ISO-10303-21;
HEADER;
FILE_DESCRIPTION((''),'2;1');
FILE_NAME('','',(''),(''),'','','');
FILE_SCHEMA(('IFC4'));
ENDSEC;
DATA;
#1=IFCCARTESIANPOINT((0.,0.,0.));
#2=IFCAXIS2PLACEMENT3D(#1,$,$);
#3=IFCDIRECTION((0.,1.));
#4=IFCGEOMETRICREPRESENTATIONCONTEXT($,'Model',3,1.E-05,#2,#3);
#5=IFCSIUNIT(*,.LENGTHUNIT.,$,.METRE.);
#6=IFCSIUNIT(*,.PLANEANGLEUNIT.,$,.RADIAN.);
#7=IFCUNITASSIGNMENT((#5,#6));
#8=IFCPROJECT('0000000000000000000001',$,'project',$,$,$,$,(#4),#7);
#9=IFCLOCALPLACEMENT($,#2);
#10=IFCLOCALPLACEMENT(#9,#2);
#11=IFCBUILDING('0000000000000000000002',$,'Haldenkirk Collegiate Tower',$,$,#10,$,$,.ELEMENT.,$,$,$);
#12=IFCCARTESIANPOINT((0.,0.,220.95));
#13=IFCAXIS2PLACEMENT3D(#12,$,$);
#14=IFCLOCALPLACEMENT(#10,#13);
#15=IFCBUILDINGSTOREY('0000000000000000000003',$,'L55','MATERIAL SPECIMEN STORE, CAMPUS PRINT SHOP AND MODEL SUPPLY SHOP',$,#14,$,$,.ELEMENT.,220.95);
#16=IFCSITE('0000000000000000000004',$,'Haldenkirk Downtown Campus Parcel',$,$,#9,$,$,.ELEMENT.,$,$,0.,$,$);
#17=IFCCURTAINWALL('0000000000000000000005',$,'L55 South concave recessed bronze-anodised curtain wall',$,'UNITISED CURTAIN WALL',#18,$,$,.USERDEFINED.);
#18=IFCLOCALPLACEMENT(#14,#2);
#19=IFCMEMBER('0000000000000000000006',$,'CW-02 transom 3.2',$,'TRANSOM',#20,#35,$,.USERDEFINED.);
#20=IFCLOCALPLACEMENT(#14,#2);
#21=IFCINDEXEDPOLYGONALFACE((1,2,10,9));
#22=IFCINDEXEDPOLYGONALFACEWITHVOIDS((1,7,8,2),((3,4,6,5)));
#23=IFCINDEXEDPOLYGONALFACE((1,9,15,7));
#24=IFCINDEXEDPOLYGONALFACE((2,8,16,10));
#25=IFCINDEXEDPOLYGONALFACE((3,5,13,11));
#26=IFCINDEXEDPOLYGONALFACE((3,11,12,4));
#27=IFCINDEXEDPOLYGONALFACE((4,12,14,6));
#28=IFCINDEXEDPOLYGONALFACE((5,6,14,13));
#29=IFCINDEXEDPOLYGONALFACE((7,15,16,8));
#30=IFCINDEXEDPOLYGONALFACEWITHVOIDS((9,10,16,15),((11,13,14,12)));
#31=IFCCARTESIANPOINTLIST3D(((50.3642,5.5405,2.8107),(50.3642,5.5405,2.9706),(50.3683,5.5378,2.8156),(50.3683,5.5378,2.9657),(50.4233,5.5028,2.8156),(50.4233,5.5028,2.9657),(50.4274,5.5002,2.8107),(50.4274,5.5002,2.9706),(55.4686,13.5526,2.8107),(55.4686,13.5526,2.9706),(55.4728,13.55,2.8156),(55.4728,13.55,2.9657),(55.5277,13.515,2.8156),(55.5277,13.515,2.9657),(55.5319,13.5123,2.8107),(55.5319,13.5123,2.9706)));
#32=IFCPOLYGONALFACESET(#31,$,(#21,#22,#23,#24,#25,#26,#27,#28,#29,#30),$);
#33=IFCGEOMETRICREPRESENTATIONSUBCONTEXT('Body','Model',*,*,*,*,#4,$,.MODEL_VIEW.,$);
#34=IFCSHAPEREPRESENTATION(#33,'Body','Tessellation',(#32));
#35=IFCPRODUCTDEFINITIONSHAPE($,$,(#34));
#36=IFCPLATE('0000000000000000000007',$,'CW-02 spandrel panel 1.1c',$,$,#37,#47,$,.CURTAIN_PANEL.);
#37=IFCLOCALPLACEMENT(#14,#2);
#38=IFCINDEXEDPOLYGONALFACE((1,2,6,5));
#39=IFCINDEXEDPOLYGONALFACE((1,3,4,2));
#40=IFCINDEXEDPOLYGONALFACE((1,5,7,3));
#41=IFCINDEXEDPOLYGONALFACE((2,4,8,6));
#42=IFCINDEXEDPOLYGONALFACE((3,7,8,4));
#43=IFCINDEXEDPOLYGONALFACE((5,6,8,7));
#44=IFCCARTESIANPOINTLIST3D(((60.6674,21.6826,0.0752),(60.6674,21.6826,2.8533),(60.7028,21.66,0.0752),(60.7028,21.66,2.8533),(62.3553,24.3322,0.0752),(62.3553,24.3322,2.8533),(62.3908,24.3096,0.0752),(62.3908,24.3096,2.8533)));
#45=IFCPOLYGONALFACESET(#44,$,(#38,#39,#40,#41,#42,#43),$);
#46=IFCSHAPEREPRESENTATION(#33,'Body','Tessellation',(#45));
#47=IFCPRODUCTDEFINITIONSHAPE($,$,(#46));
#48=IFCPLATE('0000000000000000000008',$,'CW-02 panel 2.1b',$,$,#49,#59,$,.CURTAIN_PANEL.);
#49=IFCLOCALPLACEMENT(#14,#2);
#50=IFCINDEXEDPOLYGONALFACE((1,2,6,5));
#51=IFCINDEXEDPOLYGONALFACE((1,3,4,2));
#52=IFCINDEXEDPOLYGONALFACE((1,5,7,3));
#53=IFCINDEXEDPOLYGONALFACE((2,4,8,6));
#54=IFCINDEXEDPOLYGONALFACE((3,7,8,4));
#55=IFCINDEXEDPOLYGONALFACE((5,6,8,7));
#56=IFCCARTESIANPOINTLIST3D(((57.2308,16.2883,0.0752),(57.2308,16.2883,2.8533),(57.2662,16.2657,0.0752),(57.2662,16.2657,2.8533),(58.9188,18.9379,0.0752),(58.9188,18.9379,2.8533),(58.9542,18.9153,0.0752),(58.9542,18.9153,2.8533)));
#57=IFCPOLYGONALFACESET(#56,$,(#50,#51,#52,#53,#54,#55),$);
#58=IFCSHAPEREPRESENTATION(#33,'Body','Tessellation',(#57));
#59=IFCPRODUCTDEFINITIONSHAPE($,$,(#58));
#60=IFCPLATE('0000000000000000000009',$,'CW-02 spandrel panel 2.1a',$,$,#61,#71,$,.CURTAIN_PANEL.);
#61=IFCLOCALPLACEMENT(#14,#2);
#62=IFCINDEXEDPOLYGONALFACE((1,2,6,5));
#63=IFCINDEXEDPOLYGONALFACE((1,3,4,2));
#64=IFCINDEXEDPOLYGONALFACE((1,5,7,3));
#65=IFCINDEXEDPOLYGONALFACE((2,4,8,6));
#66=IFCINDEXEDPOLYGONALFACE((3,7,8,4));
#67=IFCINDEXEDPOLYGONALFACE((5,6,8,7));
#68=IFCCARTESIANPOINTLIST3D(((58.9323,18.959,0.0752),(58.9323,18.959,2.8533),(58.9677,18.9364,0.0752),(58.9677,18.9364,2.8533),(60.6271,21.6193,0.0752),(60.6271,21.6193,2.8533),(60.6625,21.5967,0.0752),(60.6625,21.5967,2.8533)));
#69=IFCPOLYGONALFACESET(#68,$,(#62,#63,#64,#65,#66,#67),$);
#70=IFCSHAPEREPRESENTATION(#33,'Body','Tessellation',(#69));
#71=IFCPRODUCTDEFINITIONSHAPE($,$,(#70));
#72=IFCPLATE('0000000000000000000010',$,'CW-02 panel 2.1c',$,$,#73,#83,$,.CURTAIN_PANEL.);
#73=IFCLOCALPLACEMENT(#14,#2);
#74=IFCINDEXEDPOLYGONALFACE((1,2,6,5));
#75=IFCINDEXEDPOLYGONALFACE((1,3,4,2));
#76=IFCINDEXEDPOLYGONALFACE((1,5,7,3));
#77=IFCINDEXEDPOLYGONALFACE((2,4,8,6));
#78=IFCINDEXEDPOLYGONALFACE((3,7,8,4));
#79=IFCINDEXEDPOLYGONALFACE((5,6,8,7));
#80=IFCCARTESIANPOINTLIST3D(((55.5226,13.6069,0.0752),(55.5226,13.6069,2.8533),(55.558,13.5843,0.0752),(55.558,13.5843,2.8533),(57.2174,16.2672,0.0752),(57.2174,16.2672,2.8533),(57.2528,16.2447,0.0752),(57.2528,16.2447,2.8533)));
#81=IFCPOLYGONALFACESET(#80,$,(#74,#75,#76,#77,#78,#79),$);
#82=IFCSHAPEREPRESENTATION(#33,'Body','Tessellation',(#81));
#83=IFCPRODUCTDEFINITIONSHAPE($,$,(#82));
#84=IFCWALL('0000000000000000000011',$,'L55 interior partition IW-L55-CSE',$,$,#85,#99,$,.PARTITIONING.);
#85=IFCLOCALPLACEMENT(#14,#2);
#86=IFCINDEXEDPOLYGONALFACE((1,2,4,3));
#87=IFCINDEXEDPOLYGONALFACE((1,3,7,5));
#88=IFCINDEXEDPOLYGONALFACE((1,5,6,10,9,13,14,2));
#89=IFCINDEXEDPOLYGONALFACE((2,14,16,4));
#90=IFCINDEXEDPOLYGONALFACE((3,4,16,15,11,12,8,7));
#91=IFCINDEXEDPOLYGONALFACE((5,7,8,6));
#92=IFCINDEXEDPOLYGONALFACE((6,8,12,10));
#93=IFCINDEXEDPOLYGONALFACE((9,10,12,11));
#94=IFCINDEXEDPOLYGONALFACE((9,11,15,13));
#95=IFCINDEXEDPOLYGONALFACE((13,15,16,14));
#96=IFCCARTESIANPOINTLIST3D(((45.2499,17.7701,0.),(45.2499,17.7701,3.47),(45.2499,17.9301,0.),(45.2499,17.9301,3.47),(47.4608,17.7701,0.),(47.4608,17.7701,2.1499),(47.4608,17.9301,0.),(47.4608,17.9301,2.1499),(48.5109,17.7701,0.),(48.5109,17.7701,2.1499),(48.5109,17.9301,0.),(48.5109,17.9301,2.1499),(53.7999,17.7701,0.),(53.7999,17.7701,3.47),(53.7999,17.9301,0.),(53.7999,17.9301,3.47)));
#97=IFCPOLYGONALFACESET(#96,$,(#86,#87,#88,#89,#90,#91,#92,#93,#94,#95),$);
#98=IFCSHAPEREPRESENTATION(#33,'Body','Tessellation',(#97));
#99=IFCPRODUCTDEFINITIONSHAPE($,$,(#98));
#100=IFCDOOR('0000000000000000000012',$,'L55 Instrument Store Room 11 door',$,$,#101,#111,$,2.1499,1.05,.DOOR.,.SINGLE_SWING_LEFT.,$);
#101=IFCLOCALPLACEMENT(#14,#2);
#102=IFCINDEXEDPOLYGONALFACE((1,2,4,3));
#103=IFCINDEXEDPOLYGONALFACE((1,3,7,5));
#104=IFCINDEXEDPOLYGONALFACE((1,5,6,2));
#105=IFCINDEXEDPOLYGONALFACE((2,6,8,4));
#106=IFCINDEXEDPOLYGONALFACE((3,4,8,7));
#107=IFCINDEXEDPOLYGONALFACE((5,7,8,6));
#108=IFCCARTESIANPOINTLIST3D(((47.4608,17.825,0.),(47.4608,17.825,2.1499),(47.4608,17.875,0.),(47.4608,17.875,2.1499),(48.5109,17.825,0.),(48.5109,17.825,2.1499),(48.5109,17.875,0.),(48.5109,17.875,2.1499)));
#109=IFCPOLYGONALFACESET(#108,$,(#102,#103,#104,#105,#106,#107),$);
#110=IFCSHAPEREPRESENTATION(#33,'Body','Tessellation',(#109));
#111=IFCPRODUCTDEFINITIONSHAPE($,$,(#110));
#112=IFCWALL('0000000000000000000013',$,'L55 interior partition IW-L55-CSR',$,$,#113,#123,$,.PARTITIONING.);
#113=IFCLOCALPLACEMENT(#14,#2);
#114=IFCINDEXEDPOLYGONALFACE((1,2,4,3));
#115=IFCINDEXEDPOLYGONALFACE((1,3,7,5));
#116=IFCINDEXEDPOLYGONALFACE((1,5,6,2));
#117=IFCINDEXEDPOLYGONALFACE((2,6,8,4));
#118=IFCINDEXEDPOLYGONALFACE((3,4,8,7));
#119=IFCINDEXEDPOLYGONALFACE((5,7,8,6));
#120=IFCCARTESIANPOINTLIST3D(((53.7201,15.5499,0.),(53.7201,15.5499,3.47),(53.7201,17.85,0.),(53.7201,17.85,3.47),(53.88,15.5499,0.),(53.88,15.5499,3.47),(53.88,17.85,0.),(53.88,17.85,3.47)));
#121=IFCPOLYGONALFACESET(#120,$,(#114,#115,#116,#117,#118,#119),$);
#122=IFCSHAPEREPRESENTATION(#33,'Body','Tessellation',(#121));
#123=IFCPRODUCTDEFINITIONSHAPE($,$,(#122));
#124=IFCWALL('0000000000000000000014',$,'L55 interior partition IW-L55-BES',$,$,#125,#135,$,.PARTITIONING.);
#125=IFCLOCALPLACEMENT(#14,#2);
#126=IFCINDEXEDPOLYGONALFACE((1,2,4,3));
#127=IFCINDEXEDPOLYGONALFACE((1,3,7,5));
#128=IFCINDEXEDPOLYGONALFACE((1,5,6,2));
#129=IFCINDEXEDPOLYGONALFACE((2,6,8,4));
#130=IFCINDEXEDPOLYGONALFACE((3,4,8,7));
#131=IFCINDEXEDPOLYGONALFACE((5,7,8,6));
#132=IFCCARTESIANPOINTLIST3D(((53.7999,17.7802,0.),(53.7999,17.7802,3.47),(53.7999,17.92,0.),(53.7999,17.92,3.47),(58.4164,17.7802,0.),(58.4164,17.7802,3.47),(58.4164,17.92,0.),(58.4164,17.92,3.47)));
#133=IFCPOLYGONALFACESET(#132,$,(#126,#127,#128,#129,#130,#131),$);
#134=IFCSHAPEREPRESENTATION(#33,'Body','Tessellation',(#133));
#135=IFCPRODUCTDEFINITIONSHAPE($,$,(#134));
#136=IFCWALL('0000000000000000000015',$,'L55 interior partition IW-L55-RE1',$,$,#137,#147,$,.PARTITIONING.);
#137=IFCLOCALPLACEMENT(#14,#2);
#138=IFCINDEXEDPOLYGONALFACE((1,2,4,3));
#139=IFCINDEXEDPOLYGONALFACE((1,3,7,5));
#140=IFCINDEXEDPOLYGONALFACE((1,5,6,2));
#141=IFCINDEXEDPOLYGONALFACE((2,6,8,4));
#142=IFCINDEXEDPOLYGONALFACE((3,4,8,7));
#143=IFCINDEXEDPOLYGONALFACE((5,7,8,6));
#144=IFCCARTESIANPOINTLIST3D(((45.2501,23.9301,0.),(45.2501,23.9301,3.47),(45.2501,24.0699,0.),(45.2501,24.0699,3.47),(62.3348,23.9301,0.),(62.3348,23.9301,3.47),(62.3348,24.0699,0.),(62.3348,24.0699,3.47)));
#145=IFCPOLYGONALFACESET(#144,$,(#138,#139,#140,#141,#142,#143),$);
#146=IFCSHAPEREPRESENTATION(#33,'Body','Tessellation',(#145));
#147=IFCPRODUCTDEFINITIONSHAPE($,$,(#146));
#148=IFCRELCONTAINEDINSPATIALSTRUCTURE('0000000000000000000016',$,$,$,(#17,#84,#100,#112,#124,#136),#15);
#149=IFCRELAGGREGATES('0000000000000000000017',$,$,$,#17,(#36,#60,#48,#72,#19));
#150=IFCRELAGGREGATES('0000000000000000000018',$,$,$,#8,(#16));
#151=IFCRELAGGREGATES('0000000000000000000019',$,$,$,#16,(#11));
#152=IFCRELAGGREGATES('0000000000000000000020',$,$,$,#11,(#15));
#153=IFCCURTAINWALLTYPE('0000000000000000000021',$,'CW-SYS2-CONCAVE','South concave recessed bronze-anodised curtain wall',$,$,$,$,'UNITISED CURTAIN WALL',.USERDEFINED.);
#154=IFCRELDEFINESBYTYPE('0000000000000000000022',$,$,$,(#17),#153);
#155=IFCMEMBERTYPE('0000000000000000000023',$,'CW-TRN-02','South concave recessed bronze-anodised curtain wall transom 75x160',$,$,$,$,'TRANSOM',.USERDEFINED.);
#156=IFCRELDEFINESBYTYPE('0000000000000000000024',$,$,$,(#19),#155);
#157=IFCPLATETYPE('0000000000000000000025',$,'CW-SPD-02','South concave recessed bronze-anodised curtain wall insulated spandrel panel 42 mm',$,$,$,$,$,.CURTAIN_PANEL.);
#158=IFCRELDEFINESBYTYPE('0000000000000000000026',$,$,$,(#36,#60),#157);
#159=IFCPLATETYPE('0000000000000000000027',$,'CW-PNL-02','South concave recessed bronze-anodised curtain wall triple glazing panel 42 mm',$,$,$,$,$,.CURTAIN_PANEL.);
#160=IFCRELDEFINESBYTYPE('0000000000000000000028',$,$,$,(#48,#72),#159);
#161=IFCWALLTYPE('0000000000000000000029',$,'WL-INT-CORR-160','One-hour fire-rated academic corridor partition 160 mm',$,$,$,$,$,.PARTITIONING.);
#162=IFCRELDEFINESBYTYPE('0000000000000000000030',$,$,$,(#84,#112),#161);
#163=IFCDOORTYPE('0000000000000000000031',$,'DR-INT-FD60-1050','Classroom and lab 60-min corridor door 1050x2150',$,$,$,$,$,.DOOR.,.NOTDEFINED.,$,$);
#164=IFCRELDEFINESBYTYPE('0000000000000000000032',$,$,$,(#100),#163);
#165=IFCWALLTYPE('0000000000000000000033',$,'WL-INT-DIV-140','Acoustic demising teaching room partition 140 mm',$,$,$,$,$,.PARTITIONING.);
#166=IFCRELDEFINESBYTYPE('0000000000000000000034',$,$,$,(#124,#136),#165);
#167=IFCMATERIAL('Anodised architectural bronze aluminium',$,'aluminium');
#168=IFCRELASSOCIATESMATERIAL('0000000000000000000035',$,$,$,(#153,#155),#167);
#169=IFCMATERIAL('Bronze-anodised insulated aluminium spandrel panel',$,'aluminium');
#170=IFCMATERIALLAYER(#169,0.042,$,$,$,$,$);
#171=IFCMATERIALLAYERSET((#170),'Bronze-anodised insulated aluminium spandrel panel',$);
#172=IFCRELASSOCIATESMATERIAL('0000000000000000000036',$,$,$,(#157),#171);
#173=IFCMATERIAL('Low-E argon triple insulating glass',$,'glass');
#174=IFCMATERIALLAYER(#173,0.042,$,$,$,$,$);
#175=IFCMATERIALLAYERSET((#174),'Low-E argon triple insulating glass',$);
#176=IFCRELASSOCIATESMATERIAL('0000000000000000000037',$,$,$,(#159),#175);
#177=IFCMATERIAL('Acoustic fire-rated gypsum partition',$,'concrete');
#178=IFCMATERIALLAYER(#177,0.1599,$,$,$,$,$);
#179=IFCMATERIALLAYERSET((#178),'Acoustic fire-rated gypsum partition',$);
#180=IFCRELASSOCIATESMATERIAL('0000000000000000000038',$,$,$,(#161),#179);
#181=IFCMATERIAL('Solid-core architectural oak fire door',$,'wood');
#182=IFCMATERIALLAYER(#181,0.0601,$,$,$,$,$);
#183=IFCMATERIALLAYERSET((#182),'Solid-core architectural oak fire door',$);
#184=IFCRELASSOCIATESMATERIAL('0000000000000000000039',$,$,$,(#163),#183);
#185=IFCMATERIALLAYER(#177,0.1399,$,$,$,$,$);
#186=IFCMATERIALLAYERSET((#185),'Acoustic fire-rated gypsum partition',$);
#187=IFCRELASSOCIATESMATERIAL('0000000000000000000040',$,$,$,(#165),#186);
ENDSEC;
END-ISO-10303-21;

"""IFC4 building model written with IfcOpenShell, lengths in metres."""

from ifc_helpers import new_model, si_unit, direction, frame, frame_2d, origin, origin_2d, place, context, subcontext, project, spatial, rectangle, hollow_rectangle, extrude, source, transform, mapped, material, layer, layer_set, material_profile, profile_set, type_object, element, fill, aggregate, save


model = new_model("IFC4")

# Units and contexts
model_context = context("Model", 3, precision=1e-05, world=origin(), true_north=direction((0.0, 1.0)))
body_context = subcontext(model_context, "Body", "Model", "MODEL_VIEW")
ifc_project = project(units=[si_unit("LENGTHUNIT", "METRE"), si_unit("PLANEANGLEUNIT", "RADIAN")], contexts=[model_context])

# Site, building, storey
site_placement = place(None, origin())
site = spatial("IfcSite", under=ifc_project, at=site_placement, Name="Haldenkirk Downtown Campus Parcel", CompositionType="ELEMENT", RefElevation=0.0)
building_placement = place(site_placement, origin())
building = spatial("IfcBuilding", under=site, at=building_placement, Name="Haldenkirk Collegiate Tower", CompositionType="ELEMENT")
storey_placement = place(building_placement, frame((0.0, 0.0, 220.95)))
storey = spatial("IfcBuildingStorey", under=building, at=storey_placement, Name="L55", Description="MATERIAL SPECIMEN STORE, CAMPUS PRINT SHOP AND MODEL SUPPLY SHOP", CompositionType="ELEMENT", Elevation=220.95)

# Curtain wall, member, plates
ifc_material_1 = material(Name="Anodised architectural bronze aluminium", Category="aluminium")
curtain_wall_type = type_object("IfcCurtainWallType", Name="CW-SYS2-CONCAVE", Description="South concave recessed bronze-anodised curtain wall", ElementType="UNITISED CURTAIN WALL", PredefinedType="USERDEFINED", material=ifc_material_1)
curtain_wall_placement = place(storey_placement, origin())
curtain_wall = element("IfcCurtainWall", 1, at=curtain_wall_placement, inside=storey, type_object=curtain_wall_type, Name="L55 South concave recessed bronze-anodised curtain wall", ObjectType="UNITISED CURTAIN WALL", PredefinedType="USERDEFINED")
ifc_material_profile_1 = material_profile(ifc_material_1, hollow_rectangle(XDim=0.075, YDim=0.1599, WallThickness=0.0049, at=origin_2d()), Name="CW-TRN-02")
ifc_profile_set_1 = profile_set([ifc_material_profile_1], Name="Anodised architectural bronze aluminium")
member_type_1 = type_object("IfcMemberType", Name="CW-TRN-02", Description="South concave recessed bronze-anodised curtain wall transom 75x160", ElementType="TRANSOM", PredefinedType="USERDEFINED", material=ifc_profile_set_1)
member_1_placement = place(storey_placement, frame((55.5002, 13.5325, 2.8906), z_axis=(-0.537311, -0.843384, 0.0), x_axis=(0.843384, -0.537311, 0.0)))
member_1 = element("IfcMember", 2, at=member_1_placement, type_object=member_type_1, Name="CW-02 transom 3.2", ObjectType="TRANSOM", PredefinedType="USERDEFINED", context=body_context, shape_type="SweptSolid", body=[
    extrude(hollow_rectangle(XDim=0.075, YDim=0.1599, WallThickness=0.0049, at=origin_2d()), origin(), (0.0, 0.0, 1.0), 9.5),
])
ifc_material_2 = material(Name="Bronze-anodised insulated aluminium spandrel panel", Category="aluminium")
ifc_layer_1 = layer(ifc_material_2, 0.042)
ifc_layer_set_1 = layer_set([ifc_layer_1], Name="Bronze-anodised insulated aluminium spandrel panel")
plate_type_1 = type_object("IfcPlateType", Name="CW-SPD-02", Description="South concave recessed bronze-anodised curtain wall insulated spandrel panel 42 mm", PredefinedType="CURTAIN_PANEL", material=ifc_layer_set_1)
shared_shape_1 = source(origin(), body_context, "Body", "SweptSolid", [
    extrude(rectangle(XDim=3.1416, YDim=0.042, at=origin_2d()), origin(), (0.0, 0.0, 1.0), 2.7781),
])
plate_1_placement = place(storey_placement, frame((61.5291, 22.9961, 0.0752), z_axis=(0.0, 0.0, 1.0), x_axis=(-0.537301, -0.84339, 0.0)))
plate_1 = element("IfcPlate", 3, at=plate_1_placement, type_object=plate_type_1, Name="CW-02 spandrel panel 1.1c", PredefinedType="CURTAIN_PANEL", context=body_context, shape_type="MappedRepresentation", body=[
    mapped(shared_shape_1, transform((0.0, 0.0, 0.0), x_axis=(1.0, 0.0, 0.0), y_axis=(0.0, 1.0, 0.0), z_axis=(0.0, 0.0, 1.0), scale=1.0)),
])
ifc_material_3 = material(Name="Low-E argon triple insulating glass", Category="glass")
ifc_layer_2 = layer(ifc_material_3, 0.042)
ifc_layer_set_2 = layer_set([ifc_layer_2], Name="Low-E argon triple insulating glass")
plate_type_2 = type_object("IfcPlateType", Name="CW-PNL-02", Description="South concave recessed bronze-anodised curtain wall triple glazing panel 42 mm", PredefinedType="CURTAIN_PANEL", material=ifc_layer_set_2)
plate_2_placement = place(storey_placement, frame((58.0925, 17.6018, 0.0752), z_axis=(0.0, 0.0, 1.0), x_axis=(-0.537301, -0.84339, 0.0)))
plate_2 = element("IfcPlate", 4, at=plate_2_placement, type_object=plate_type_2, Name="CW-02 panel 2.1b", PredefinedType="CURTAIN_PANEL", context=body_context, shape_type="MappedRepresentation", body=[
    mapped(shared_shape_1, transform((0.0, 0.0, 0.0), x_axis=(1.0, 0.0, 0.0), y_axis=(0.0, 1.0, 0.0), z_axis=(0.0, 0.0, 1.0), scale=1.0)),
])
shared_shape_2 = source(origin(), body_context, "Body", "SweptSolid", [
    extrude(rectangle(XDim=3.1543, YDim=0.042, at=origin_2d()), origin(), (0.0, 0.0, 1.0), 2.7781),
])
plate_3_placement = place(storey_placement, frame((59.7974, 20.2778, 0.0752), z_axis=(0.0, 0.0, 1.0), x_axis=(-0.537301, -0.84339, 0.0)))
plate_3 = element("IfcPlate", 5, at=plate_3_placement, type_object=plate_type_1, Name="CW-02 spandrel panel 2.1a", PredefinedType="CURTAIN_PANEL", context=body_context, shape_type="MappedRepresentation", body=[
    mapped(shared_shape_2, transform((0.0, 0.0, 0.0), x_axis=(1.0, 0.0, 0.0), y_axis=(0.0, 1.0, 0.0), z_axis=(0.0, 0.0, 1.0), scale=1.0)),
])
plate_4_placement = place(storey_placement, frame((56.3877, 14.9258, 0.0752), z_axis=(0.0, 0.0, 1.0), x_axis=(-0.537301, -0.84339, 0.0)))
plate_4 = element("IfcPlate", 6, at=plate_4_placement, type_object=plate_type_2, Name="CW-02 panel 2.1c", PredefinedType="CURTAIN_PANEL", context=body_context, shape_type="MappedRepresentation", body=[
    mapped(shared_shape_2, transform((0.0, 0.0, 0.0), x_axis=(1.0, 0.0, 0.0), y_axis=(0.0, 1.0, 0.0), z_axis=(0.0, 0.0, 1.0), scale=1.0)),
])
aggregate(curtain_wall, [plate_1, plate_3, plate_2, plate_4, member_1])

# Wall, opening, door
ifc_material_4 = material(Name="Acoustic fire-rated gypsum partition", Category="concrete")
ifc_layer_3 = layer(ifc_material_4, 0.1599)
ifc_layer_set_3 = layer_set([ifc_layer_3], Name="Acoustic fire-rated gypsum partition")
wall_type_1 = type_object("IfcWallType", Name="WL-INT-CORR-160", Description="One-hour fire-rated academic corridor partition 160 mm", PredefinedType="PARTITIONING", material=ifc_layer_set_3)
wall_1_placement = place(storey_placement, frame((45.25, 17.8501, 0.0), z_axis=(0.0, 0.0, 1.0), x_axis=(1.0, 0.0, 0.0)))
wall_1 = element("IfcWall", 7, at=wall_1_placement, inside=storey, type_object=wall_type_1, Name="L55 interior partition IW-L55-CSE", PredefinedType="PARTITIONING", context=body_context, shape_type="SweptSolid", body=[
    extrude(rectangle(XDim=8.55, YDim=0.1599, at=frame_2d((4.2749, 0.0))), origin(), (0.0, 0.0, 1.0), 3.47),
])
opening_placement = place(wall_1_placement, frame((2.2109, 0.0, 0.0)))
opening = element("IfcOpeningElement", 8, at=opening_placement, cuts=wall_1, PredefinedType="OPENING", context=body_context, shape_type="SweptSolid", body=[
    extrude(rectangle(XDim=1.05, YDim=2.1499, at=frame_2d((0.5249, 1.075))), frame((0.0, 0.0898, 0.0), z_axis=(0.0, -1.0, 0.0), x_axis=(1.0, 0.0, 0.0)), (0.0, 0.0, 1.0), 0.1799),
])
ifc_material_5 = material(Name="Solid-core architectural oak fire door", Category="wood")
ifc_layer_4 = layer(ifc_material_5, 0.0601)
ifc_layer_set_4 = layer_set([ifc_layer_4], Name="Solid-core architectural oak fire door")
door_type = type_object("IfcDoorType", Name="DR-INT-FD60-1050", Description="Classroom and lab 60-min corridor door 1050x2150", OperationType="NOTDEFINED", PredefinedType="DOOR", material=ifc_layer_set_4)
door_placement = place(opening_placement, origin())
door = element("IfcDoor", 9, at=door_placement, inside=storey, type_object=door_type, Name="L55 Instrument Store Room 11 door", OperationType="SINGLE_SWING_LEFT", OverallHeight=2.1499, OverallWidth=1.05, PredefinedType="DOOR", context=body_context, shape_type="SweptSolid", body=[
    extrude(rectangle(XDim=1.05, YDim=2.1499, at=frame_2d((0.5249, 1.075))), frame((0.0, 0.0249, 0.0), z_axis=(0.0, -1.0, 0.0), x_axis=(1.0, 0.0, 0.0)), (0.0, 0.0, 1.0), 0.05),
])
fill(opening, door)

# Walls
wall_2_placement = place(storey_placement, frame((53.8, 15.55, 0.0), z_axis=(0.0, 0.0, 1.0), x_axis=(0.0, 1.0, 0.0)))
element("IfcWall", 10, at=wall_2_placement, inside=storey, type_object=wall_type_1, Name="L55 interior partition IW-L55-CSR", PredefinedType="PARTITIONING", context=body_context, shape_type="SweptSolid", body=[
    extrude(rectangle(XDim=2.3, YDim=0.1599, at=frame_2d((1.1499, 0.0))), origin(), (0.0, 0.0, 1.0), 3.47),
])
ifc_layer_5 = layer(ifc_material_4, 0.1399)
ifc_layer_set_5 = layer_set([ifc_layer_5], Name="Acoustic fire-rated gypsum partition")
wall_type_2 = type_object("IfcWallType", Name="WL-INT-DIV-140", Description="Acoustic demising teaching room partition 140 mm", PredefinedType="PARTITIONING", material=ifc_layer_set_5)
wall_3_placement = place(storey_placement, frame((53.8, 17.8501, 0.0), z_axis=(0.0, 0.0, 1.0), x_axis=(1.0, 0.0, 0.0)))
element("IfcWall", 11, at=wall_3_placement, inside=storey, type_object=wall_type_2, Name="L55 interior partition IW-L55-BES", PredefinedType="PARTITIONING", context=body_context, shape_type="SweptSolid", body=[
    extrude(rectangle(XDim=4.6165, YDim=0.1399, at=frame_2d((2.3081, 0.0))), origin(), (0.0, 0.0, 1.0), 3.47),
])
wall_4_placement = place(storey_placement, frame((45.25, 24.0, 0.0), z_axis=(0.0, 0.0, 1.0), x_axis=(1.0, 0.0, 0.0)))
element("IfcWall", 12, at=wall_4_placement, inside=storey, type_object=wall_type_2, Name="L55 interior partition IW-L55-RE1", PredefinedType="PARTITIONING", context=body_context, shape_type="SweptSolid", body=[
    extrude(rectangle(XDim=17.0847, YDim=0.1399, at=frame_2d((8.5425, 0.0))), origin(), (0.0, 0.0, 1.0), 3.47),
])

save(model, "model.ifc")
